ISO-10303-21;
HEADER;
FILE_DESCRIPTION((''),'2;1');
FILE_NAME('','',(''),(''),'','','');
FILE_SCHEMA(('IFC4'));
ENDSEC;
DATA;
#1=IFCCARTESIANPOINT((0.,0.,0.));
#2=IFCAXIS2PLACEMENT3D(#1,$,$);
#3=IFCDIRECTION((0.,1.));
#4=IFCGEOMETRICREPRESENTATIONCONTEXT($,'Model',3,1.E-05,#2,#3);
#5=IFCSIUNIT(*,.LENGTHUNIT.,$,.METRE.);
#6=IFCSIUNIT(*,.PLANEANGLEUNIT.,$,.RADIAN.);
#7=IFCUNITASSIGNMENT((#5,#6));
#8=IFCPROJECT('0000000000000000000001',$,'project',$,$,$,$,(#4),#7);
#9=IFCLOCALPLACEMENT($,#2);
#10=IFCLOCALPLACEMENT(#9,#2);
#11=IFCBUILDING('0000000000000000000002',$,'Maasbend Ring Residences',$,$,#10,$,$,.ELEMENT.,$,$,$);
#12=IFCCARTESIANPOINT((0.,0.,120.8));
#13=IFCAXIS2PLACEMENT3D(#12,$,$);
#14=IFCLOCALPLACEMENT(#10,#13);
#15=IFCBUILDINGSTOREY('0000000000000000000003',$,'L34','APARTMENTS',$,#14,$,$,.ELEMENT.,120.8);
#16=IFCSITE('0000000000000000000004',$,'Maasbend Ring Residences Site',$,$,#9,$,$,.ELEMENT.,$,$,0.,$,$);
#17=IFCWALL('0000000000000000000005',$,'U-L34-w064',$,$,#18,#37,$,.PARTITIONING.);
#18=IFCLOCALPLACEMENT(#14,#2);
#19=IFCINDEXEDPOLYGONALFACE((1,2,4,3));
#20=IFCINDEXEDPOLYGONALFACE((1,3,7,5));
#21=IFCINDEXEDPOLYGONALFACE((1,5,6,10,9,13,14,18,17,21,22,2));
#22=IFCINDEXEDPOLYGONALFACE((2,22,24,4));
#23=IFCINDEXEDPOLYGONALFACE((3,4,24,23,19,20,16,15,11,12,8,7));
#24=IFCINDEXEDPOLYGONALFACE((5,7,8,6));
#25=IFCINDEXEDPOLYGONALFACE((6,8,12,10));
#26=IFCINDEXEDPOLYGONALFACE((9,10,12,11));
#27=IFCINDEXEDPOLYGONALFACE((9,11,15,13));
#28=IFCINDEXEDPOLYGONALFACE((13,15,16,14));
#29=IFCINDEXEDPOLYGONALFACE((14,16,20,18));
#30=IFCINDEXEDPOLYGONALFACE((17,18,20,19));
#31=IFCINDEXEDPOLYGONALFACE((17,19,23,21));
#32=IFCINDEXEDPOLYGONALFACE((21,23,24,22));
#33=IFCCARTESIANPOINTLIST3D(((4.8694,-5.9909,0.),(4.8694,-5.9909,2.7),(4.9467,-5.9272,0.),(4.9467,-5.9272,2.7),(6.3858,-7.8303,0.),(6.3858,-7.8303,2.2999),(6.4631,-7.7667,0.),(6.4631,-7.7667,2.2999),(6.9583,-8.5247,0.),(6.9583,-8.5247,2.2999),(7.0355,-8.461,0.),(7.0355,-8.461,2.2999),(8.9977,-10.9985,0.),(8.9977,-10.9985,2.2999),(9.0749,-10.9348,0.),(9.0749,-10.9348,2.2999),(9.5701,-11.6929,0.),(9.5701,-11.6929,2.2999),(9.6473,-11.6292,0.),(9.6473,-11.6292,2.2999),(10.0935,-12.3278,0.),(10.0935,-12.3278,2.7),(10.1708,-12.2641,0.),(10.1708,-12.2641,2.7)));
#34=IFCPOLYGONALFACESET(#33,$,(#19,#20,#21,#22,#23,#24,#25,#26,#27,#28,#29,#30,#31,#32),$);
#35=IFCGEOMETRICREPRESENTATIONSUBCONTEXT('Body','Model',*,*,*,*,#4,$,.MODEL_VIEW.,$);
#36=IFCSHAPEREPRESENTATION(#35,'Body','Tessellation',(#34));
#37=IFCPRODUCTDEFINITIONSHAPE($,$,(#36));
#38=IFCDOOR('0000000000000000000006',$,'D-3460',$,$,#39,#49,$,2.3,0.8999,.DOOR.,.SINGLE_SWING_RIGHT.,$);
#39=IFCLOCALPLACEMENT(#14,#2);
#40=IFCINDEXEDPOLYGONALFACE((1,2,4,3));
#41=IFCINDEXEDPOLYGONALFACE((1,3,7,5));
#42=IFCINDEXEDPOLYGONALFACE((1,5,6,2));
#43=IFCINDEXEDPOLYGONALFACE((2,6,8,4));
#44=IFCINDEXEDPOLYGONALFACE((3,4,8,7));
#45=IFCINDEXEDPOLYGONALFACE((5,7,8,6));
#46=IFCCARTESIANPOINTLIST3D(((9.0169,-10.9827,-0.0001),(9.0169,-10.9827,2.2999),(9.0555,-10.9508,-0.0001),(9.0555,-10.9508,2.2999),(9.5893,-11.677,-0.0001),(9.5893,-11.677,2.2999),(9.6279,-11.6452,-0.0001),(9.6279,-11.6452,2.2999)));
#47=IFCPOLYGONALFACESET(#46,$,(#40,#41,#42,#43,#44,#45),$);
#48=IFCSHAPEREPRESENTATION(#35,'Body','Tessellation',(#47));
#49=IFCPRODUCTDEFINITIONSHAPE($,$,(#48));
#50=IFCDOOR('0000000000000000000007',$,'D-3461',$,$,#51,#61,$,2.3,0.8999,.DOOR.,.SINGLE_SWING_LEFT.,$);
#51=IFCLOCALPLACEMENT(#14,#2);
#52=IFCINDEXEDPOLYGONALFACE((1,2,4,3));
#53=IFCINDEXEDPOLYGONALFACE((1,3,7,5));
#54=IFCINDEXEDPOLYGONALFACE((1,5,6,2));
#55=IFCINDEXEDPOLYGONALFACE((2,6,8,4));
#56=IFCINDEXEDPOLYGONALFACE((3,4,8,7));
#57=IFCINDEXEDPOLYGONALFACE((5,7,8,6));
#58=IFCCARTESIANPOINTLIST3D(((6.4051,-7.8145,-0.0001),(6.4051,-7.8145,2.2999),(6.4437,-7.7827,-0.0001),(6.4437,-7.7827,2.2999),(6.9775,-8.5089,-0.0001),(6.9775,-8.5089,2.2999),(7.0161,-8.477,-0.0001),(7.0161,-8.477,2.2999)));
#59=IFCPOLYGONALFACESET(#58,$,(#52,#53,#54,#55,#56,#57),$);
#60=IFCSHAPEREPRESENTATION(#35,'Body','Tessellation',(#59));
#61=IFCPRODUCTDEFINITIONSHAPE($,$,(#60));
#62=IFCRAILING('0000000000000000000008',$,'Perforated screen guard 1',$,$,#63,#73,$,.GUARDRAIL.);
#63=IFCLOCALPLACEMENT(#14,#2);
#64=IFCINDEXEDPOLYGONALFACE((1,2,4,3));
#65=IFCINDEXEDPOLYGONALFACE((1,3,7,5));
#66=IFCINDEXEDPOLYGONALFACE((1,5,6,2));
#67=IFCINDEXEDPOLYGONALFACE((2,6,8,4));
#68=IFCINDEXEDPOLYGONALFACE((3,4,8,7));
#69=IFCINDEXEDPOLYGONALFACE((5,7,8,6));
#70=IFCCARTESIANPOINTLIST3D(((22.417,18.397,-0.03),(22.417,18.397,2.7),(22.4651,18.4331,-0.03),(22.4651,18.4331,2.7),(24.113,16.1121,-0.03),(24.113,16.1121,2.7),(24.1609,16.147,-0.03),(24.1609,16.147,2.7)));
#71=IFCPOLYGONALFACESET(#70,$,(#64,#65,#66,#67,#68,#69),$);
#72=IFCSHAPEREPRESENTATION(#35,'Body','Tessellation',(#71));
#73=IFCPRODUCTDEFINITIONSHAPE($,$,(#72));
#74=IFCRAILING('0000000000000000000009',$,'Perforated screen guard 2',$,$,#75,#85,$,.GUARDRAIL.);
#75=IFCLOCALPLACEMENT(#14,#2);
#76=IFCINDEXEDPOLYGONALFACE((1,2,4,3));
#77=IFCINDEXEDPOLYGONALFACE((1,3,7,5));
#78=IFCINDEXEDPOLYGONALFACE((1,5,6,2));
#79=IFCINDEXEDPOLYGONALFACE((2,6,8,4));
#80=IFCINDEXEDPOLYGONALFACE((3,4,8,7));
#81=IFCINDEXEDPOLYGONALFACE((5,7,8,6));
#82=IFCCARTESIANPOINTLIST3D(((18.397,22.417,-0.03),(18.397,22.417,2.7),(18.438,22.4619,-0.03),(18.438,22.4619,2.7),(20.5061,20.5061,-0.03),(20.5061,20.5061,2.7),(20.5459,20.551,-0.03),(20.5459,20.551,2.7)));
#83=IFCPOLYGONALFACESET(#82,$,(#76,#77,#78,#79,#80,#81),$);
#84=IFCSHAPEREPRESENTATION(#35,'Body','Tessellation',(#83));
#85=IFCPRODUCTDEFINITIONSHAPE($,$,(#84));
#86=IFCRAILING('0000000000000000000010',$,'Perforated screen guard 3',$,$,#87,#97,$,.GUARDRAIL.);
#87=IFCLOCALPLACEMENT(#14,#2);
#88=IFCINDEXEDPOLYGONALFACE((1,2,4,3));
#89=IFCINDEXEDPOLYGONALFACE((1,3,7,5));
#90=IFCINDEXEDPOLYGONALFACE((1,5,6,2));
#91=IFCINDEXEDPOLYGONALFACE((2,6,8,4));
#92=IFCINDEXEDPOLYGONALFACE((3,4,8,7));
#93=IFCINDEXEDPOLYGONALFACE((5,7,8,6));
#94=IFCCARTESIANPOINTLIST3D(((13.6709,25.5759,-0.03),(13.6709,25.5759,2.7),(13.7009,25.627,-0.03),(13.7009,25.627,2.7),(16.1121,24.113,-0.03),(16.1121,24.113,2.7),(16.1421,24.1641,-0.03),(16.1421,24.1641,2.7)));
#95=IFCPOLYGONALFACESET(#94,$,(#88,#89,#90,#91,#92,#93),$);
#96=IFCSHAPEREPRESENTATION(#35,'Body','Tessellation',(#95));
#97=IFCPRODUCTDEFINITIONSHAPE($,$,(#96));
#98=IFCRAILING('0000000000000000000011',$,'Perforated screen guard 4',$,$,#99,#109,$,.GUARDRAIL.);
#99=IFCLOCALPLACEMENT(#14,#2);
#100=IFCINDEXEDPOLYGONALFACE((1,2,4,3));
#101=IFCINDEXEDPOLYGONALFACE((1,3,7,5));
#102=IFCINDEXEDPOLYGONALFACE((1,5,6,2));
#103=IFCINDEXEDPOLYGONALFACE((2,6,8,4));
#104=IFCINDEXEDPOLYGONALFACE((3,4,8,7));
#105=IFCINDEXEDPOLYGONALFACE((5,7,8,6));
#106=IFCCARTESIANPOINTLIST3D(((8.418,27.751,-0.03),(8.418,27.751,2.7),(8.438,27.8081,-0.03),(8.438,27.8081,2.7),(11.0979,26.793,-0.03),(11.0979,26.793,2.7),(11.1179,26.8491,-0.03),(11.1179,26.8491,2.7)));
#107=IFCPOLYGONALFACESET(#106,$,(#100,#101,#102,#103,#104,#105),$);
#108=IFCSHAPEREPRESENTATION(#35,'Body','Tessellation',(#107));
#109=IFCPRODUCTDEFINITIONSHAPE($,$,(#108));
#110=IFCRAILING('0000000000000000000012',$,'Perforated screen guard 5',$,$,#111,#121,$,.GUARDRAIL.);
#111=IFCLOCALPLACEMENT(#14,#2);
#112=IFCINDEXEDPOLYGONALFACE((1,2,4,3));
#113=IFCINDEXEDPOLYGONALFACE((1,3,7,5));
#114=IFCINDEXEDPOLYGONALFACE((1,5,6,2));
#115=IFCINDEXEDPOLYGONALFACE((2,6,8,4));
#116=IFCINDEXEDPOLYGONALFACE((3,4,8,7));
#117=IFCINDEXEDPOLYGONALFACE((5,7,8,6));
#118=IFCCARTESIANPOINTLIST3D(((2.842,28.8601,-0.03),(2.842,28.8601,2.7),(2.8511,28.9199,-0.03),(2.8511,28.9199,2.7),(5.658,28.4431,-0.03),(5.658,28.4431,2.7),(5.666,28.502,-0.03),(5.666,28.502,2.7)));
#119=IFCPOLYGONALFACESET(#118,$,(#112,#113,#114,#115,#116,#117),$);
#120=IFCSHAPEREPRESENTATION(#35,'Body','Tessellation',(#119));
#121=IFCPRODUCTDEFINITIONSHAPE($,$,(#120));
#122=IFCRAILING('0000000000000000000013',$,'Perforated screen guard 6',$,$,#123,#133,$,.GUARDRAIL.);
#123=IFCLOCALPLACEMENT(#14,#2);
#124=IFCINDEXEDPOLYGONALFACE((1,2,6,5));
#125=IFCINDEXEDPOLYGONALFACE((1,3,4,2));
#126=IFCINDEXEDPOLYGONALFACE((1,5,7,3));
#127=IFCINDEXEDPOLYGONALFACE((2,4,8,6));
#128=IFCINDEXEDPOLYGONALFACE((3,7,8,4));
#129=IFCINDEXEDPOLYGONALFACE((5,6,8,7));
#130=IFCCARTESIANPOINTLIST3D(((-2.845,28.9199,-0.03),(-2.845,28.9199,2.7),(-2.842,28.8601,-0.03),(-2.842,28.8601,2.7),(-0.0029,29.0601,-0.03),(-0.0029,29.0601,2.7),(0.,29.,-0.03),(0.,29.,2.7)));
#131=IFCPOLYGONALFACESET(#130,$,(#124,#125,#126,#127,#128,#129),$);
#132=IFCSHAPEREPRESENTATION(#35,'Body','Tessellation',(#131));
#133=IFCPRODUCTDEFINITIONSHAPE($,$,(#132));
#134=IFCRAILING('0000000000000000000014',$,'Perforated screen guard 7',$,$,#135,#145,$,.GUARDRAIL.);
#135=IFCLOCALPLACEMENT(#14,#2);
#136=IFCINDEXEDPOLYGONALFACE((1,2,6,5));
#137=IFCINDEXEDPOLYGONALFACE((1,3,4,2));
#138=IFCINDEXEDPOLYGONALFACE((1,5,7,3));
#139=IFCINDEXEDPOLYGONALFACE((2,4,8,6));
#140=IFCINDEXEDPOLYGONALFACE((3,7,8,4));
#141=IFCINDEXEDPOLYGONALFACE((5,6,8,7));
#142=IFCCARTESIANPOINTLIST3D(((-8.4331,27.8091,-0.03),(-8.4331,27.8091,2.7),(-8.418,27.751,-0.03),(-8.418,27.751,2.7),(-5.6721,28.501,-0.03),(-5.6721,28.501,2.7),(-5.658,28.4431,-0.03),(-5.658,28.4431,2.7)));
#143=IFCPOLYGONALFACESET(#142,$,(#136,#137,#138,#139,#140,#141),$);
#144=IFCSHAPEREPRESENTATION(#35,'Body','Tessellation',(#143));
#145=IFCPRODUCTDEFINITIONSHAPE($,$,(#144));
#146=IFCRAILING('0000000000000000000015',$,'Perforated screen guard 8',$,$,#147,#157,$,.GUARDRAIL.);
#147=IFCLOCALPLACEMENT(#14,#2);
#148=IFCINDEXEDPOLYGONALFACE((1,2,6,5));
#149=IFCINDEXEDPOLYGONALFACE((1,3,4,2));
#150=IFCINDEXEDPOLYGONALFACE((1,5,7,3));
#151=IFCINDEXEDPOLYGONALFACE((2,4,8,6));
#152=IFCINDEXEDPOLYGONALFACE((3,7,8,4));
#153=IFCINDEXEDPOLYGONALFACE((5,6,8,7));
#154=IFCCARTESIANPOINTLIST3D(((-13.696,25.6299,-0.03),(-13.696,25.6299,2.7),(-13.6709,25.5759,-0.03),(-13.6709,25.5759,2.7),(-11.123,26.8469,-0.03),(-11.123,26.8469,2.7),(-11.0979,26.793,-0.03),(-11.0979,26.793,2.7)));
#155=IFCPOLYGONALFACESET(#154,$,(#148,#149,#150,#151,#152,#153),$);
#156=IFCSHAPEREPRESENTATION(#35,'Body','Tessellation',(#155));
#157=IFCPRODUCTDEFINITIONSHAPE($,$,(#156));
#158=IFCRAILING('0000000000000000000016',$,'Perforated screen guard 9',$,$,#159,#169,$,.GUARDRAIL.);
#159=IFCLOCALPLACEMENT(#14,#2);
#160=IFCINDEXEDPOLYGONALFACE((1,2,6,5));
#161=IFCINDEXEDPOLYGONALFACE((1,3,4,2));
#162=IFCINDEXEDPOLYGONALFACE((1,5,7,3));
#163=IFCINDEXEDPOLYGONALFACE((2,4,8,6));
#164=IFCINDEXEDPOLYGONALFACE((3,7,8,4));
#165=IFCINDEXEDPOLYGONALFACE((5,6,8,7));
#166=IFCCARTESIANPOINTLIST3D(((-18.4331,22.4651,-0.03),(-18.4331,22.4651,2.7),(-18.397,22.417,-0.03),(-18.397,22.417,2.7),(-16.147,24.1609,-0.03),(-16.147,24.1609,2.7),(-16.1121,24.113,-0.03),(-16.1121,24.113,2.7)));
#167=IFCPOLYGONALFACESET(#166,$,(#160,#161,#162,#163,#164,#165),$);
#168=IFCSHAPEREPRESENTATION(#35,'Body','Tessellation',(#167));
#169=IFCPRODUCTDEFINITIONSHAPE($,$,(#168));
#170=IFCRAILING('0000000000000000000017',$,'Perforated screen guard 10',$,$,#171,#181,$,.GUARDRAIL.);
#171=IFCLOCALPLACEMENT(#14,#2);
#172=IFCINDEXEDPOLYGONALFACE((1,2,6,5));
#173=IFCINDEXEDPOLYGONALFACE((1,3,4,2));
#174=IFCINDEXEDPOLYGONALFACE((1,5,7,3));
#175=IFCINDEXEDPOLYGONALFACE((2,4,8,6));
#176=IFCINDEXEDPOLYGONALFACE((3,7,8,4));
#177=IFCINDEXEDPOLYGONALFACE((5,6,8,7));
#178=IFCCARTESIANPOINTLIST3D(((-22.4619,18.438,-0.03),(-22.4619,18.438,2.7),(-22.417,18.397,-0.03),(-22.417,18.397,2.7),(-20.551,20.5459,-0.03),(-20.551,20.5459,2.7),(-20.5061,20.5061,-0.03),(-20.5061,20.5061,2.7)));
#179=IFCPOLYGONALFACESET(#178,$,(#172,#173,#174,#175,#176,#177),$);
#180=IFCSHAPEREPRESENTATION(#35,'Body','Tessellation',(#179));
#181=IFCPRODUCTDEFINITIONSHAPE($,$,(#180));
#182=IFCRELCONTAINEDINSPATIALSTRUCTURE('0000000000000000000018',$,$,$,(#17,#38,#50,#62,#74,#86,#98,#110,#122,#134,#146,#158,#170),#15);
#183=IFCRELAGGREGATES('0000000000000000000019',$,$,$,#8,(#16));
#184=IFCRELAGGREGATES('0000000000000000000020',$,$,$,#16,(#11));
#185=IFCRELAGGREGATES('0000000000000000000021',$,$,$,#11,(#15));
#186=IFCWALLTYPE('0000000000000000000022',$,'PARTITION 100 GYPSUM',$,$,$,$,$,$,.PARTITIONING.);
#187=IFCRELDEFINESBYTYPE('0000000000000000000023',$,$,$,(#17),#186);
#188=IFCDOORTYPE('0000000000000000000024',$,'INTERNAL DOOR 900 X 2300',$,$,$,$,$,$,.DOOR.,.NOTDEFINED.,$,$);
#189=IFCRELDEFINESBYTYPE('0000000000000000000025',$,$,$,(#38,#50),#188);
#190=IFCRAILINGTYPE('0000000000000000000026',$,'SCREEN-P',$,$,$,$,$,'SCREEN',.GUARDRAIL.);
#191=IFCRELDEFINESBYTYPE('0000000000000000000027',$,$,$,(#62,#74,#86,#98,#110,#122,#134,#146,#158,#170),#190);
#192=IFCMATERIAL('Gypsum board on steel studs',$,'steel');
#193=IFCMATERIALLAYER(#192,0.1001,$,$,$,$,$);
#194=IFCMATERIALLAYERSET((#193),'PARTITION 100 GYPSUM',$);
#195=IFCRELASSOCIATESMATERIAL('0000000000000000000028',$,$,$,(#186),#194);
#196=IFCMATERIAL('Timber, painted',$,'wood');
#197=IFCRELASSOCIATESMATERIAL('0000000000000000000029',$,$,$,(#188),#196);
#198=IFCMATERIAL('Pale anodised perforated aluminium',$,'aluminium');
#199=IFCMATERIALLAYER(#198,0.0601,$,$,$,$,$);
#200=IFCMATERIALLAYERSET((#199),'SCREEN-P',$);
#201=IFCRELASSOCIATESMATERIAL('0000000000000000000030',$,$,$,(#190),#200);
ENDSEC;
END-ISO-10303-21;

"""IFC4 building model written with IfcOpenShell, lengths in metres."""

from ifc_helpers import new_model, si_unit, direction, frame, frame_2d, origin, place, context, subcontext, project, spatial, polyline, rectangle, outline, extrude, material, layer, layer_set, type_object, element, fill, save


model = new_model("IFC4")

# Units and contexts
model_context = context("Model", 3, precision=1e-05, world=origin(), true_north=direction((0.0, 1.0)))
body_context = subcontext(model_context, "Body", "Model", "MODEL_VIEW")
ifc_project = project(units=[si_unit("LENGTHUNIT", "METRE"), si_unit("PLANEANGLEUNIT", "RADIAN")], contexts=[model_context])

# Site, building, storey
site_placement = place(None, origin())
site = spatial("IfcSite", under=ifc_project, at=site_placement, Name="Maasbend Ring Residences Site", CompositionType="ELEMENT", RefElevation=0.0)
building_placement = place(site_placement, origin())
building = spatial("IfcBuilding", under=site, at=building_placement, Name="Maasbend Ring Residences", CompositionType="ELEMENT")
storey_placement = place(building_placement, frame((0.0, 0.0, 120.8)))
storey = spatial("IfcBuildingStorey", under=building, at=storey_placement, Name="L34", Description="APARTMENTS", CompositionType="ELEMENT", Elevation=120.8)

# Wall, openings, doors
ifc_material_1 = material(Name="Gypsum board on steel studs", Category="steel")
ifc_layer_1 = layer(ifc_material_1, 0.1001)
ifc_layer_set_1 = layer_set([ifc_layer_1], Name="PARTITION 100 GYPSUM")
wall_type = type_object("IfcWallType", Name="PARTITION 100 GYPSUM", PredefinedType="PARTITIONING", material=ifc_layer_set_1)
wall_placement = place(storey_placement, frame((4.908, -5.959, 0.0), z_axis=(0.0, 0.0, 1.0), x_axis=(0.636105, -0.771602, 0.0)))
wall = element("IfcWall", 1, at=wall_placement, inside=storey, type_object=wall_type, Name="U-L34-w064", PredefinedType="PARTITIONING", context=body_context, shape_type="SweptSolid", body=[
    extrude(rectangle(XDim=8.2126, YDim=0.1001, at=frame_2d((4.1064, 0.0))), origin(), (0.0, 0.0, 1.0), 2.7),
])
opening_1_placement = place(wall_placement, frame((6.49, 0.0, 0.0)))
opening_1 = element("IfcOpeningElement", 2, at=opening_1_placement, cuts=wall, PredefinedType="OPENING", context=body_context, shape_type="SweptSolid", body=[
    extrude(rectangle(XDim=0.8999, YDim=2.3, at=frame_2d((0.45, 1.1499))), frame((0.0, 0.0601, 0.0), z_axis=(0.0, -1.0, 0.0), x_axis=(1.0, 0.0, 0.0)), (0.0, 0.0, 1.0), 0.1201),
])
opening_2_placement = place(wall_placement, frame((2.384, 0.0, 0.0)))
opening_2 = element("IfcOpeningElement", 3, at=opening_2_placement, cuts=wall, PredefinedType="OPENING", context=body_context, shape_type="SweptSolid", body=[
    extrude(rectangle(XDim=0.8999, YDim=2.3, at=frame_2d((0.45, 1.1499))), frame((0.0, 0.0601, 0.0), z_axis=(0.0, -1.0, 0.0), x_axis=(1.0, 0.0, 0.0)), (0.0, 0.0, 1.0), 0.1201),
])
ifc_material_2 = material(Name="Timber, painted", Category="wood")
door_type = type_object("IfcDoorType", Name="INTERNAL DOOR 900 X 2300", OperationType="NOTDEFINED", PredefinedType="DOOR", material=ifc_material_2)
door_1_placement = place(opening_1_placement, origin())
door_1 = element("IfcDoor", 4, at=door_1_placement, inside=storey, type_object=door_type, Name="D-3460", OperationType="SINGLE_SWING_RIGHT", OverallHeight=2.3, OverallWidth=0.8999, PredefinedType="DOOR", context=body_context, shape_type="SweptSolid", body=[
    extrude(rectangle(XDim=0.8999, YDim=2.3, at=frame_2d((0.45, 1.1499))), frame((0.0, 0.0249, 0.0), z_axis=(0.0, -1.0, 0.0), x_axis=(1.0, 0.0, 0.0)), (0.0, 0.0, 1.0), 0.05),
])
fill(opening_1, door_1)
door_2_placement = place(opening_2_placement, origin())
door_2 = element("IfcDoor", 5, at=door_2_placement, inside=storey, type_object=door_type, Name="D-3461", OperationType="SINGLE_SWING_LEFT", OverallHeight=2.3, OverallWidth=0.8999, PredefinedType="DOOR", context=body_context, shape_type="SweptSolid", body=[
    extrude(rectangle(XDim=0.8999, YDim=2.3, at=frame_2d((0.45, 1.1499))), frame((0.0, 0.0249, 0.0), z_axis=(0.0, -1.0, 0.0), x_axis=(1.0, 0.0, 0.0)), (0.0, 0.0, 1.0), 0.05),
])
fill(opening_2, door_2)

# Railings
ifc_material_3 = material(Name="Pale anodised perforated aluminium", Category="aluminium")
ifc_layer_2 = layer(ifc_material_3, 0.0601)
ifc_layer_set_2 = layer_set([ifc_layer_2], Name="SCREEN-P")
railing_type = type_object("IfcRailingType", Name="SCREEN-P", ElementType="SCREEN", PredefinedType="GUARDRAIL", material=ifc_layer_set_2)
railing_1_placement = place(storey_placement, frame((0.0, 0.0, -0.03)))
element("IfcRailing", 6, at=railing_1_placement, inside=storey, type_object=railing_type, Name="Perforated screen guard 1", PredefinedType="GUARDRAIL", context=body_context, shape_type="SweptSolid", body=[
    extrude(outline(polyline([(24.113, 16.1121), (22.417, 18.397), (22.4651, 18.4331), (24.1609, 16.147), (24.113, 16.1121)])), origin(), (0.0, 0.0, 1.0), 2.73),
])
railing_2_placement = place(storey_placement, frame((0.0, 0.0, -0.03)))
element("IfcRailing", 7, at=railing_2_placement, inside=storey, type_object=railing_type, Name="Perforated screen guard 2", PredefinedType="GUARDRAIL", context=body_context, shape_type="SweptSolid", body=[
    extrude(outline(polyline([(20.5061, 20.5061), (18.397, 22.417), (18.438, 22.4619), (20.5459, 20.551), (20.5061, 20.5061)])), origin(), (0.0, 0.0, 1.0), 2.73),
])
railing_3_placement = place(storey_placement, frame((0.0, 0.0, -0.03)))
element("IfcRailing", 8, at=railing_3_placement, inside=storey, type_object=railing_type, Name="Perforated screen guard 3", PredefinedType="GUARDRAIL", context=body_context, shape_type="SweptSolid", body=[
    extrude(outline(polyline([(16.1121, 24.113), (13.6709, 25.5759), (13.7009, 25.627), (16.1421, 24.1641), (16.1121, 24.113)])), origin(), (0.0, 0.0, 1.0), 2.73),
])
railing_4_placement = place(storey_placement, frame((0.0, 0.0, -0.03)))
element("IfcRailing", 9, at=railing_4_placement, inside=storey, type_object=railing_type, Name="Perforated screen guard 4", PredefinedType="GUARDRAIL", context=body_context, shape_type="SweptSolid", body=[
    extrude(outline(polyline([(11.0979, 26.793), (8.418, 27.751), (8.438, 27.8081), (11.1179, 26.8491), (11.0979, 26.793)])), origin(), (0.0, 0.0, 1.0), 2.73),
])
railing_5_placement = place(storey_placement, frame((0.0, 0.0, -0.03)))
element("IfcRailing", 10, at=railing_5_placement, inside=storey, type_object=railing_type, Name="Perforated screen guard 5", PredefinedType="GUARDRAIL", context=body_context, shape_type="SweptSolid", body=[
    extrude(outline(polyline([(5.658, 28.4431), (2.842, 28.8601), (2.8511, 28.9199), (5.666, 28.502), (5.658, 28.4431)])), origin(), (0.0, 0.0, 1.0), 2.73),
])
railing_6_placement = place(storey_placement, frame((0.0, 0.0, -0.03)))
element("IfcRailing", 11, at=railing_6_placement, inside=storey, type_object=railing_type, Name="Perforated screen guard 6", PredefinedType="GUARDRAIL", context=body_context, shape_type="SweptSolid", body=[
    extrude(outline(polyline([(0.0, 29.0), (-2.842, 28.8601), (-2.845, 28.9199), (-0.0029, 29.0601), (0.0, 29.0)])), origin(), (0.0, 0.0, 1.0), 2.73),
])
railing_7_placement = place(storey_placement, frame((0.0, 0.0, -0.03)))
element("IfcRailing", 12, at=railing_7_placement, inside=storey, type_object=railing_type, Name="Perforated screen guard 7", PredefinedType="GUARDRAIL", context=body_context, shape_type="SweptSolid", body=[
    extrude(outline(polyline([(-5.658, 28.4431), (-8.418, 27.751), (-8.4331, 27.8091), (-5.6721, 28.501), (-5.658, 28.4431)])), origin(), (0.0, 0.0, 1.0), 2.73),
])
railing_8_placement = place(storey_placement, frame((0.0, 0.0, -0.03)))
element("IfcRailing", 13, at=railing_8_placement, inside=storey, type_object=railing_type, Name="Perforated screen guard 8", PredefinedType="GUARDRAIL", context=body_context, shape_type="SweptSolid", body=[
    extrude(outline(polyline([(-11.0979, 26.793), (-13.6709, 25.5759), (-13.696, 25.6299), (-11.123, 26.8469), (-11.0979, 26.793)])), origin(), (0.0, 0.0, 1.0), 2.73),
])
railing_9_placement = place(storey_placement, frame((0.0, 0.0, -0.03)))
element("IfcRailing", 14, at=railing_9_placement, inside=storey, type_object=railing_type, Name="Perforated screen guard 9", PredefinedType="GUARDRAIL", context=body_context, shape_type="SweptSolid", body=[
    extrude(outline(polyline([(-16.1121, 24.113), (-18.397, 22.417), (-18.4331, 22.4651), (-16.147, 24.1609), (-16.1121, 24.113)])), origin(), (0.0, 0.0, 1.0), 2.73),
])
railing_10_placement = place(storey_placement, frame((0.0, 0.0, -0.03)))
element("IfcRailing", 15, at=railing_10_placement, inside=storey, type_object=railing_type, Name="Perforated screen guard 10", PredefinedType="GUARDRAIL", context=body_context, shape_type="SweptSolid", body=[
    extrude(outline(polyline([(-20.5061, 20.5061), (-22.417, 18.397), (-22.4619, 18.438), (-20.551, 20.5459), (-20.5061, 20.5061)])), origin(), (0.0, 0.0, 1.0), 2.73),
])

save(model, "model.ifc")
